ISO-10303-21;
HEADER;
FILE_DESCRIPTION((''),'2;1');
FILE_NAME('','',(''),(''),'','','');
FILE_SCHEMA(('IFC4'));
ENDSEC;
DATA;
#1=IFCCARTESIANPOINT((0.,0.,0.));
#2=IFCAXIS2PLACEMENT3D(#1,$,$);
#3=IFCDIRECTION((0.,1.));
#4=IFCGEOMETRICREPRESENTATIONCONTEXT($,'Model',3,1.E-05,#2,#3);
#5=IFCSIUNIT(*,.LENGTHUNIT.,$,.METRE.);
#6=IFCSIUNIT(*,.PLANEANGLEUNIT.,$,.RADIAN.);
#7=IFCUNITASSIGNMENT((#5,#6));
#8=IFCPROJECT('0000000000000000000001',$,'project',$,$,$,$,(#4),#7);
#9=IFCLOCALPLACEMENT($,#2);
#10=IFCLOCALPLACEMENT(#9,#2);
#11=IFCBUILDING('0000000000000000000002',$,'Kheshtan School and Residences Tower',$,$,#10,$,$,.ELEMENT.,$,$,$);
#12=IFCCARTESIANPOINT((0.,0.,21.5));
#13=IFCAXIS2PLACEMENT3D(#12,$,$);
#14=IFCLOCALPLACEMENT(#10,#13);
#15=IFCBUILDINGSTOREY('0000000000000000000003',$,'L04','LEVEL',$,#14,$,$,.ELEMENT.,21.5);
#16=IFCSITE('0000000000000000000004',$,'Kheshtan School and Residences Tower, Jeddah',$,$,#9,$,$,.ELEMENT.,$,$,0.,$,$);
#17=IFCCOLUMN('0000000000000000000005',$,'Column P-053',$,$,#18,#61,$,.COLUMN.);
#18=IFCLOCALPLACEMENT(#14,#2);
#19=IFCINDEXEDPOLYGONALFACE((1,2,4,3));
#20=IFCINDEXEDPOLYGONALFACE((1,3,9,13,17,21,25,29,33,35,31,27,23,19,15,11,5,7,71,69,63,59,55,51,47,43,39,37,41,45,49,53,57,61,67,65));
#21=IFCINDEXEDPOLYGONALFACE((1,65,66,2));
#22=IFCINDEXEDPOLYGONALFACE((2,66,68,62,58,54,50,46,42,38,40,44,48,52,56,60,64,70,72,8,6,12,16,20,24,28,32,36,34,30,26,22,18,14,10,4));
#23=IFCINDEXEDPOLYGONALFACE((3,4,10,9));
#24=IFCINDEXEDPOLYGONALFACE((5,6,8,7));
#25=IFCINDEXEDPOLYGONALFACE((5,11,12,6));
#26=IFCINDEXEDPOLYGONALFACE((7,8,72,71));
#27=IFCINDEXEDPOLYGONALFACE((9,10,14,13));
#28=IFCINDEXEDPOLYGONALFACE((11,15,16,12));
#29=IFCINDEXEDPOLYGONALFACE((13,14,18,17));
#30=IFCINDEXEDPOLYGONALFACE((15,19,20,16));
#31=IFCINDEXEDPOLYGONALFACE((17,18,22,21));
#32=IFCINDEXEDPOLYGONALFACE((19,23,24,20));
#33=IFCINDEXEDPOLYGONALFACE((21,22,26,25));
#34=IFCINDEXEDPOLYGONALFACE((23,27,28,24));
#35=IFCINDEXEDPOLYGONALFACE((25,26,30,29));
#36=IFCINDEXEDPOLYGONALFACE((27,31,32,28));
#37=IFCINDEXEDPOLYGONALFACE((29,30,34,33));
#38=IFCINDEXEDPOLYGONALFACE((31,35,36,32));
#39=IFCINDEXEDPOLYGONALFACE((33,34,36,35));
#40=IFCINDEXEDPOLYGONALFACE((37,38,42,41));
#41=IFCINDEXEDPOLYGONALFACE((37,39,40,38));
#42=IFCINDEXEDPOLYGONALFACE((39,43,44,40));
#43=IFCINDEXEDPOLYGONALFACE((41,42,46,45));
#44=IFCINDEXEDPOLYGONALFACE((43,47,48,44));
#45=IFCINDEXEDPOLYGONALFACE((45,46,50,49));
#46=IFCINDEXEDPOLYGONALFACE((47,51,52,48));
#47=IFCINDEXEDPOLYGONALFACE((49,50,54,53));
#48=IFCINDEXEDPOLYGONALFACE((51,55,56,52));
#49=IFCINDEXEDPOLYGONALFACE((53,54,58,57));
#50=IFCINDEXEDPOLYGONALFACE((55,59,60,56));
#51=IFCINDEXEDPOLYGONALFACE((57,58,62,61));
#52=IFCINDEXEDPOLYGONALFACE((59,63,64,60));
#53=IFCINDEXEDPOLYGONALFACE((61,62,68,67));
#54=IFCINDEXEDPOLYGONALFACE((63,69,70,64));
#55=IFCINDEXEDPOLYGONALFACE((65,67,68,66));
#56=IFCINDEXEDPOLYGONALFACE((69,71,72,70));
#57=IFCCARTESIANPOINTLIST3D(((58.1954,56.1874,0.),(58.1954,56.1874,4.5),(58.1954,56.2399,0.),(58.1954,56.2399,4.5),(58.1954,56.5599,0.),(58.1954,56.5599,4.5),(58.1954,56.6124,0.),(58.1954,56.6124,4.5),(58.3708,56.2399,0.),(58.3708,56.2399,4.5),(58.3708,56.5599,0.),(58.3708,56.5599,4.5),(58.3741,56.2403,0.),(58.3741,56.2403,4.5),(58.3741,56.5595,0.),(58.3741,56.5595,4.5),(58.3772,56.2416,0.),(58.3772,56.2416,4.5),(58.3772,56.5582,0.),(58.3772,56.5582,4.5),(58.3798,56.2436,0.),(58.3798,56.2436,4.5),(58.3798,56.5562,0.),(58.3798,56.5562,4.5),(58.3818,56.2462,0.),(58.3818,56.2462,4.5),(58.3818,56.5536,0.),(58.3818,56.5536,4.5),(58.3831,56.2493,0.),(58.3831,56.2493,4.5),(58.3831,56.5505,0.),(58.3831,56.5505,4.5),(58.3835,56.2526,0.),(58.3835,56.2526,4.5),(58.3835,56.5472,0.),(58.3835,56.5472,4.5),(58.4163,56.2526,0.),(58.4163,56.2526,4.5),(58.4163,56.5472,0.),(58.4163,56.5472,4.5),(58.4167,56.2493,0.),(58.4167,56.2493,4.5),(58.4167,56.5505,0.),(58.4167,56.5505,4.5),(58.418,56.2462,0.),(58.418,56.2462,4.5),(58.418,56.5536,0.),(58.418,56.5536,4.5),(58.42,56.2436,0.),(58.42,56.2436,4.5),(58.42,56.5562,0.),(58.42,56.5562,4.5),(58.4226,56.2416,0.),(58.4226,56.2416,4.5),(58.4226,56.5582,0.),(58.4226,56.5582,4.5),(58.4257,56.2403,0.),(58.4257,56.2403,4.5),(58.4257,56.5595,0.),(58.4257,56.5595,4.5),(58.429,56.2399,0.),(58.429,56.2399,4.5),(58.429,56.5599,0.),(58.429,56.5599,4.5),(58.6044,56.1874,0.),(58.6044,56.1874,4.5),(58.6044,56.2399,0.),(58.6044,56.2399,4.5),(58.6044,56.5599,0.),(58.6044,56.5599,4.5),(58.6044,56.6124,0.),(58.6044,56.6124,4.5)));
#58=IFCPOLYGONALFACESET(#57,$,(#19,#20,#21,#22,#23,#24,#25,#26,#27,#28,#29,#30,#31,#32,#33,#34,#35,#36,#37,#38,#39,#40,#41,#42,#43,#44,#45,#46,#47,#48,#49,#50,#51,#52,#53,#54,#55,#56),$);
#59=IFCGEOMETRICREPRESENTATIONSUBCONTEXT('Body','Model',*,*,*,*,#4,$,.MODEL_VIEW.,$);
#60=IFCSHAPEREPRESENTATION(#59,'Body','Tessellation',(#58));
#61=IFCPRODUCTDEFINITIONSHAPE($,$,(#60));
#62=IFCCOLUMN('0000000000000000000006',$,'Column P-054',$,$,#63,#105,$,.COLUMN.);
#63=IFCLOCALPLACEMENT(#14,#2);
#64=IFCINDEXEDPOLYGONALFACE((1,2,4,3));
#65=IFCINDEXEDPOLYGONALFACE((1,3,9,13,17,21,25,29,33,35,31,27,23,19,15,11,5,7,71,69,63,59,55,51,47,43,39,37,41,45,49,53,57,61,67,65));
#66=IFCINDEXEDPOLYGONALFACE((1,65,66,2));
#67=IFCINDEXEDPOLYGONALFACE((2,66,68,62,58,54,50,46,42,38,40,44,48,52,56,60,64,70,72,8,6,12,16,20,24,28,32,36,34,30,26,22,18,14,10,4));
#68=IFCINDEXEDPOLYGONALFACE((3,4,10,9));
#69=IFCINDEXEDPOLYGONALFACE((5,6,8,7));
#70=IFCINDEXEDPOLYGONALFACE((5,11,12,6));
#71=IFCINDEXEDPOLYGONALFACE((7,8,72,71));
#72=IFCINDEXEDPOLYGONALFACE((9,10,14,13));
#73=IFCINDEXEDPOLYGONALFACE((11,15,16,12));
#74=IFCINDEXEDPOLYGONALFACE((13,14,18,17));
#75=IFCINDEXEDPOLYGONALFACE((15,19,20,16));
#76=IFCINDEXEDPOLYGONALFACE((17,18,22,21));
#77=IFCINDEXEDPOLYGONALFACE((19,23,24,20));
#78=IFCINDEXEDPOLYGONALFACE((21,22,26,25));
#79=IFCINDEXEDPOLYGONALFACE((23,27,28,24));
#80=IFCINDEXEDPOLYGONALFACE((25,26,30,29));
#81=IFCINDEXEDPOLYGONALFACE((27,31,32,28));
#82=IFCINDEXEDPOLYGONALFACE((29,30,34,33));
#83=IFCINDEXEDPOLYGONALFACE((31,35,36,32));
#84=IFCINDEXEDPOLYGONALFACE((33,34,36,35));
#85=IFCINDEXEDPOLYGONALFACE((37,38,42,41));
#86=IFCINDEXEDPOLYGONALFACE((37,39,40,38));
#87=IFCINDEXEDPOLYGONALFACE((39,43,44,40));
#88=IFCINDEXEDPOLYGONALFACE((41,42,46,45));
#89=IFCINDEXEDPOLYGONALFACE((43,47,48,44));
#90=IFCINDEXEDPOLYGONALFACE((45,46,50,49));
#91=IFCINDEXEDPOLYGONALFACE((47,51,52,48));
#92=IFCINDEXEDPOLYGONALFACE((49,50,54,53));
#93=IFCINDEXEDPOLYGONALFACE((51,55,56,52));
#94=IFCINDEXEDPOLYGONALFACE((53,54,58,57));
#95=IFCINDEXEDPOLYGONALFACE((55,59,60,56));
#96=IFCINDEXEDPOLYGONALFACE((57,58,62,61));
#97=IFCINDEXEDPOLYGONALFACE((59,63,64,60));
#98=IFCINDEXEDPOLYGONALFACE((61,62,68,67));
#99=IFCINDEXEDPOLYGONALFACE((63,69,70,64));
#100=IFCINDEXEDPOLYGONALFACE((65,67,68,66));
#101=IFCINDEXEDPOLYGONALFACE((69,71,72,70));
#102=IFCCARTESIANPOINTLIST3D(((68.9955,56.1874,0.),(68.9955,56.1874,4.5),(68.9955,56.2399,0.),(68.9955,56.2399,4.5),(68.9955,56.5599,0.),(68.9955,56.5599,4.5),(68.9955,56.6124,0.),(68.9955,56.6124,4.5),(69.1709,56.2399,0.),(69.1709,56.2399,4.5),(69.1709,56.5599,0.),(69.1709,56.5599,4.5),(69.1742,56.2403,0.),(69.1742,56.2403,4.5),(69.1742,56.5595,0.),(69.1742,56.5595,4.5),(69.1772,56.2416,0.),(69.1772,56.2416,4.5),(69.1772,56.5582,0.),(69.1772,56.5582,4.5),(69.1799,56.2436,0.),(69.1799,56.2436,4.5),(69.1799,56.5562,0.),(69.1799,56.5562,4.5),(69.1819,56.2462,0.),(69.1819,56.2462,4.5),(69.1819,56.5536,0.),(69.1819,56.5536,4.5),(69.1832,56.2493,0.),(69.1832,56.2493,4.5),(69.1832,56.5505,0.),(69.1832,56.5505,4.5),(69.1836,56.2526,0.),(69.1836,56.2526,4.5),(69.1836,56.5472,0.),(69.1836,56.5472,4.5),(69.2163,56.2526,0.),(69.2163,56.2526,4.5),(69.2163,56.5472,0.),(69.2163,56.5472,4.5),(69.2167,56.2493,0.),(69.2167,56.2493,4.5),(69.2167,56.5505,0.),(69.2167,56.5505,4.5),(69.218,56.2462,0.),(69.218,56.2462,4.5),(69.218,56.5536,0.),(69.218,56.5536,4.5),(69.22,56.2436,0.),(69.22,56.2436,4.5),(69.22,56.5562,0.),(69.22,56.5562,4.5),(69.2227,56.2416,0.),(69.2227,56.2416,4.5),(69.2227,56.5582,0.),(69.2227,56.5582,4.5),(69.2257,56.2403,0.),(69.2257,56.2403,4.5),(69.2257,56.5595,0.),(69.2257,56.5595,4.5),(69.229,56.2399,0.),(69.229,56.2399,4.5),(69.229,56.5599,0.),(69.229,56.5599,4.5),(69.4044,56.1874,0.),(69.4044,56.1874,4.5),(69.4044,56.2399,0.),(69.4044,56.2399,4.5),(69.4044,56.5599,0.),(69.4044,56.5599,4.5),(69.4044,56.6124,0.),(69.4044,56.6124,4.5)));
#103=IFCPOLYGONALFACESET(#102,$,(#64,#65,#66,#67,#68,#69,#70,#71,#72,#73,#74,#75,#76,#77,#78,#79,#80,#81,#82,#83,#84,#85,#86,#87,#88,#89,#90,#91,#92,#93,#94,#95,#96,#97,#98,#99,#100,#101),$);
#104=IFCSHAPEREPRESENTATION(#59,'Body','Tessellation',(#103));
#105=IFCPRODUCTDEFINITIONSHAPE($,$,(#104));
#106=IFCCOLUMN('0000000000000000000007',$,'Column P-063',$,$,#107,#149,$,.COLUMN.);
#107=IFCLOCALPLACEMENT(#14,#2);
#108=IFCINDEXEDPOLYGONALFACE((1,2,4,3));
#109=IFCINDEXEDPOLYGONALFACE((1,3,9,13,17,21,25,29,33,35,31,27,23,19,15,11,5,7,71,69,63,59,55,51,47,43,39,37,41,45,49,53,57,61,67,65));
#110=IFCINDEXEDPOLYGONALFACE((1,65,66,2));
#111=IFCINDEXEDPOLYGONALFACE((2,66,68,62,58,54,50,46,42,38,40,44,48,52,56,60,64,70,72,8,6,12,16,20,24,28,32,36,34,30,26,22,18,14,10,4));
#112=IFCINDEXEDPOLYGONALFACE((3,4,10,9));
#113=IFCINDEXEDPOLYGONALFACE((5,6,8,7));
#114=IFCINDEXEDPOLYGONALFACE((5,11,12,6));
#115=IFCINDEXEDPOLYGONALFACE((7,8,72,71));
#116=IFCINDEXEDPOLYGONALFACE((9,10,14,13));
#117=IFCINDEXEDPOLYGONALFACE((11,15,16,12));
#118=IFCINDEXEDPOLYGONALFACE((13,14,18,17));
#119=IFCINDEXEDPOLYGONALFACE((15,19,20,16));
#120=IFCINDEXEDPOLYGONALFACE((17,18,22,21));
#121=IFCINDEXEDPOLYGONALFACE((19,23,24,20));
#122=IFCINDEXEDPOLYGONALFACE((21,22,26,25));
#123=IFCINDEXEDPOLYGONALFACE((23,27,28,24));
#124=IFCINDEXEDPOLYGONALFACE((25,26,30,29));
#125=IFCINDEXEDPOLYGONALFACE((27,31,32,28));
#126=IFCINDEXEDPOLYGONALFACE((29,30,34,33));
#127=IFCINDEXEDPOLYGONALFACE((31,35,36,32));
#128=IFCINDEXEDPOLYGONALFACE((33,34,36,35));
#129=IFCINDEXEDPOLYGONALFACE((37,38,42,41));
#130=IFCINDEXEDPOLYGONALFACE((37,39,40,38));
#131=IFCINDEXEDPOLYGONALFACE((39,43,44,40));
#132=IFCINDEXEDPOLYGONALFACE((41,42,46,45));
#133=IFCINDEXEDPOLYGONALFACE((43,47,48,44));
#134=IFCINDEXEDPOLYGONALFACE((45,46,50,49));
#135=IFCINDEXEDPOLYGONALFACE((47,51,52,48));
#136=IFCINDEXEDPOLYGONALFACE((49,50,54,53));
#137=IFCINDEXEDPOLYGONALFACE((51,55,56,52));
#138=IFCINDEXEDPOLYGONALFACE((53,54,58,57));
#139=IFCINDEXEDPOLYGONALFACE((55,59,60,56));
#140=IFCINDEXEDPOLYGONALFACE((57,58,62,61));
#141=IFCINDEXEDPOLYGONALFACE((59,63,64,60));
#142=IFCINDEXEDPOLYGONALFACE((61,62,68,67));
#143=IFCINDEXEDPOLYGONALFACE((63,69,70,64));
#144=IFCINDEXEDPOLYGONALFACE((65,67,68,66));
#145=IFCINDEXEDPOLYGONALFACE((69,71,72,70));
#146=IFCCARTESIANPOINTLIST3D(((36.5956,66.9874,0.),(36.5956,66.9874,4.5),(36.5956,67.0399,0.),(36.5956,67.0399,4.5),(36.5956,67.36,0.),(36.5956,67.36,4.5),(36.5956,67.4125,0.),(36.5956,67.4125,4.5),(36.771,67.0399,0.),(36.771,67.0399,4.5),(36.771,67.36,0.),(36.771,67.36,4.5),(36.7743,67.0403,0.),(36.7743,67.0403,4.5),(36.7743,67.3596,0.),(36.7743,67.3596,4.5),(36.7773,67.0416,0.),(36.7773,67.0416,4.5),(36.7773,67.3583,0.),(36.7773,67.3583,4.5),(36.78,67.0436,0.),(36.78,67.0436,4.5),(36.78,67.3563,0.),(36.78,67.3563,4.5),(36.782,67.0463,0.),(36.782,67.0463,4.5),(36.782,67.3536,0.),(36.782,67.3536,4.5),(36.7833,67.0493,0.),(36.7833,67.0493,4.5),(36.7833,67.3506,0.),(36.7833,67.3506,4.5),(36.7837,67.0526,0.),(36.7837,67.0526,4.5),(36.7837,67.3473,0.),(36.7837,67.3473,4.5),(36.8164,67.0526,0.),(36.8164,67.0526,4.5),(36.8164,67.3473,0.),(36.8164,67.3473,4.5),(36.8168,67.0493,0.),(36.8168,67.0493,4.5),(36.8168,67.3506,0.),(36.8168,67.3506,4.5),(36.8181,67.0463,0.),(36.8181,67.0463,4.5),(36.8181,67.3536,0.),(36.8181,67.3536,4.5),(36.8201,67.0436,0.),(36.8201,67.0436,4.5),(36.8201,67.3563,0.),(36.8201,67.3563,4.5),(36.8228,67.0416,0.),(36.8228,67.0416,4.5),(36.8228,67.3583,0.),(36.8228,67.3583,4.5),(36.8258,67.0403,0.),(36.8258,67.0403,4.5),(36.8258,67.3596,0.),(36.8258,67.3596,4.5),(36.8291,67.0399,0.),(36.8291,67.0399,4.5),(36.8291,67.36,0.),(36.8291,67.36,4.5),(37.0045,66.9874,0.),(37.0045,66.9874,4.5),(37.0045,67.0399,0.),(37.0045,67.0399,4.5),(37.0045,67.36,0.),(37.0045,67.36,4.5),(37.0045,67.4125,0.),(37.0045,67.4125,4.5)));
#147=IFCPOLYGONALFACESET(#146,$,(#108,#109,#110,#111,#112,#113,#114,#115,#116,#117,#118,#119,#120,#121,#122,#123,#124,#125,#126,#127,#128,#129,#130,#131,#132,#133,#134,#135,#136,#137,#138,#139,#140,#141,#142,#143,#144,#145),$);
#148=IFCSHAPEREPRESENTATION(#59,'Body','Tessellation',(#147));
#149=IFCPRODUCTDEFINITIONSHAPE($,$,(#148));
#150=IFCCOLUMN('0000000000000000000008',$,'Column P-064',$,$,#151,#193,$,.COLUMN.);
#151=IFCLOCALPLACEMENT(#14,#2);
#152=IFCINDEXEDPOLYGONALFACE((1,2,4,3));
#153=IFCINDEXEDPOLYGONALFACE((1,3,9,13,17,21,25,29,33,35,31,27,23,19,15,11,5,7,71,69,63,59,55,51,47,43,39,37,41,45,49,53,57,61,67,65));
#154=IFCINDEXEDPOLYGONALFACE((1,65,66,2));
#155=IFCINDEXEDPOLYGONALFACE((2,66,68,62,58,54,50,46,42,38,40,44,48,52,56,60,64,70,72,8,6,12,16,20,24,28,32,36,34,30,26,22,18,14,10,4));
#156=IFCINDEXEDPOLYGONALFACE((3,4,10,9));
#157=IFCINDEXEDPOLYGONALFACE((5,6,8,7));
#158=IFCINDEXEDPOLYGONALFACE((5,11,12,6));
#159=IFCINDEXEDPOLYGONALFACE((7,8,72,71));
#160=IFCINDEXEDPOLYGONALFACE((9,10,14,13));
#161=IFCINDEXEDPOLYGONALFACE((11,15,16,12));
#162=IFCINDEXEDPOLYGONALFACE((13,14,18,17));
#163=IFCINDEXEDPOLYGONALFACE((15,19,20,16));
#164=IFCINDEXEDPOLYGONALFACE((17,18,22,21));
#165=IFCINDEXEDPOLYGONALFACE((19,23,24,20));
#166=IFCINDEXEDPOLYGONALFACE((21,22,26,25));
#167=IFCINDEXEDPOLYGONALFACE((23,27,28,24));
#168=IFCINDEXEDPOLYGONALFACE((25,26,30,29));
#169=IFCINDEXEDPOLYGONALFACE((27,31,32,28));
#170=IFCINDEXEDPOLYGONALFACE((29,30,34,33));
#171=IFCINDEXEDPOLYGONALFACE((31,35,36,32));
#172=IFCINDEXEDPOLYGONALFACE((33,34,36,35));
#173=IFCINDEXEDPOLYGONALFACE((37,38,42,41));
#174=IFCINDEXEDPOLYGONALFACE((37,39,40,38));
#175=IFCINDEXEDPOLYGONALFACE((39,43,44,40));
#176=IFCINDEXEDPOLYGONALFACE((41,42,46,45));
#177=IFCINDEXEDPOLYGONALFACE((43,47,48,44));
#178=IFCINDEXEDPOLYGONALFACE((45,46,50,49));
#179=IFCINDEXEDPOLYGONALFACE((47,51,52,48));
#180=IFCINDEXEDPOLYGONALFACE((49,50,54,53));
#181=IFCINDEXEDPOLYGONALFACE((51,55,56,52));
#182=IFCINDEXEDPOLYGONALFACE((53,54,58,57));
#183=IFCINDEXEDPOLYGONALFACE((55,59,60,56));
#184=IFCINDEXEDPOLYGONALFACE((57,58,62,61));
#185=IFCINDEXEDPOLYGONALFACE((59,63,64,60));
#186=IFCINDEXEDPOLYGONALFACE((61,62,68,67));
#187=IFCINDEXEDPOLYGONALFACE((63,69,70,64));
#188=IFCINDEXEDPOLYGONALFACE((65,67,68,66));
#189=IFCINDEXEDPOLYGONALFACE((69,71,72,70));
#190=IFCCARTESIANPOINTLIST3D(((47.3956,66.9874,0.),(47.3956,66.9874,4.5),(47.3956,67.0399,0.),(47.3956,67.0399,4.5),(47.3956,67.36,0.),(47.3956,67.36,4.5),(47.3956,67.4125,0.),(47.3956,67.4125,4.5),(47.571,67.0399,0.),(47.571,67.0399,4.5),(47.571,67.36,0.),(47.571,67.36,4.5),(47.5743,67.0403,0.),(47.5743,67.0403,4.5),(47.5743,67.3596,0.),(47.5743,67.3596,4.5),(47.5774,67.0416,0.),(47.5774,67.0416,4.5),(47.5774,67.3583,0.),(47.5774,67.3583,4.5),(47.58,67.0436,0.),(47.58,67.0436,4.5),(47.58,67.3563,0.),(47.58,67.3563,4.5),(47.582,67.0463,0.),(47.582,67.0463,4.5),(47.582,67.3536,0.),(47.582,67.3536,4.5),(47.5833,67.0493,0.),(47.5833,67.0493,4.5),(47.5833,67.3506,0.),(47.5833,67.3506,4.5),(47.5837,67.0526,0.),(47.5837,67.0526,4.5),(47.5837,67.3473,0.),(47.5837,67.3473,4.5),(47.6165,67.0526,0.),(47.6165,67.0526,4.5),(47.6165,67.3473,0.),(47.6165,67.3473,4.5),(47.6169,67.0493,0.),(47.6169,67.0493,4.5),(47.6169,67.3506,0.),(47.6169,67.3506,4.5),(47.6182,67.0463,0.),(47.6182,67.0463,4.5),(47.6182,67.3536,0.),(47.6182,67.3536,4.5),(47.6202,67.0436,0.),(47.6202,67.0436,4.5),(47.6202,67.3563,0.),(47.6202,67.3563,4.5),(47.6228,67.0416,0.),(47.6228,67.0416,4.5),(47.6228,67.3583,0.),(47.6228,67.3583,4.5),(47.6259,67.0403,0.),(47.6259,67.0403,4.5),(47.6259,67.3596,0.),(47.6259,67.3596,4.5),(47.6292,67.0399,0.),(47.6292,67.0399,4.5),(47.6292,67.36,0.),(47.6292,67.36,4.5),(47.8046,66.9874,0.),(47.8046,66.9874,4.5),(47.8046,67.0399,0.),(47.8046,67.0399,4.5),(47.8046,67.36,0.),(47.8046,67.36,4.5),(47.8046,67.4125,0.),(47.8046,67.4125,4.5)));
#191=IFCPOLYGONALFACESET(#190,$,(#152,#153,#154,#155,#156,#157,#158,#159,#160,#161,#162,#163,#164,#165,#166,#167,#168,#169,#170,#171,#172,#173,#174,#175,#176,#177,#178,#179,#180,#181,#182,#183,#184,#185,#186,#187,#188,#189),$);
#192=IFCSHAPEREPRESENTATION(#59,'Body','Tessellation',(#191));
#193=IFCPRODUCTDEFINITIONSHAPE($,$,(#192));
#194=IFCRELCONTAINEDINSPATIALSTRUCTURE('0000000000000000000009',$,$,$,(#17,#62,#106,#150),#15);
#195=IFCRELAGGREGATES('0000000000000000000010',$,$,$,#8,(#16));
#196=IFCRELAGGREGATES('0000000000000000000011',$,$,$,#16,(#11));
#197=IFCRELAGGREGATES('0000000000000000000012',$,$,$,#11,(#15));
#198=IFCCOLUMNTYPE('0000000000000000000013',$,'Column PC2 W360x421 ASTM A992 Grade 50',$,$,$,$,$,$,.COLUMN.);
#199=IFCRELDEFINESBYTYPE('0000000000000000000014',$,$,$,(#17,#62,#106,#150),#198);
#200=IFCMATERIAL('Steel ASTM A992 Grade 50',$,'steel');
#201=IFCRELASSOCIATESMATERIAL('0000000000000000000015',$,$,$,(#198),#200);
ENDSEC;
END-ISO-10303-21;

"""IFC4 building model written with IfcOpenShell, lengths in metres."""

from ifc_helpers import new_model, si_unit, direction, frame, origin, origin_2d, place, context, subcontext, project, spatial, i_section, extrude, material, material_profile, profile_set, type_object, element, save


model = new_model("IFC4")

# Units and contexts
model_context = context("Model", 3, precision=1e-05, world=origin(), true_north=direction((0.0, 1.0)))
body_context = subcontext(model_context, "Body", "Model", "MODEL_VIEW")
ifc_project = project(units=[si_unit("LENGTHUNIT", "METRE"), si_unit("PLANEANGLEUNIT", "RADIAN")], contexts=[model_context])

# Site, building, storey
site_placement = place(None, origin())
site = spatial("IfcSite", under=ifc_project, at=site_placement, Name="Kheshtan School and Residences Tower, Jeddah", CompositionType="ELEMENT", RefElevation=0.0)
building_placement = place(site_placement, origin())
building = spatial("IfcBuilding", under=site, at=building_placement, Name="Kheshtan School and Residences Tower", CompositionType="ELEMENT")
storey_placement = place(building_placement, frame((0.0, 0.0, 21.5)))
storey = spatial("IfcBuildingStorey", under=building, at=storey_placement, Name="L04", Description="LEVEL", CompositionType="ELEMENT", Elevation=21.5)

# Columns
ifc_material_1 = material(Name="Steel ASTM A992 Grade 50", Category="steel")
ifc_material_profile = material_profile(ifc_material_1, i_section(OverallWidth=0.4089, OverallDepth=0.425, WebThickness=0.0327, FlangeThickness=0.0525, FilletRadius=0.0127, at=origin_2d()), Name="W360x421")
ifc_profile_set = profile_set([ifc_material_profile], Name="Steel ASTM A992 Grade 50")
column_type = type_object("IfcColumnType", Name="Column PC2 W360x421 ASTM A992 Grade 50", PredefinedType="COLUMN", material=ifc_profile_set)
for number, where, z_axis, x_axis, name in (
    (1, (58.3999, 56.3999, 0.0), (0.0, 0.0, 1.0), (1.0, 0.0, 0.0), "Column P-053"),
    (2, (69.2, 56.3999, 0.0), (0.0, 0.0, 1.0), (1.0, 0.0, 0.0), "Column P-054"),
    (3, (36.8, 67.2, 0.0), (0.0, 0.0, 1.0), (1.0, 0.0, 0.0), "Column P-063"),
    (4, (47.6001, 67.2, 0.0), (0.0, 0.0, 1.0), (1.0, 0.0, 0.0), "Column P-064"),
):
    element("IfcColumn", number, at=place(storey_placement, frame(where, z_axis=z_axis, x_axis=x_axis)), inside=storey, type_object=column_type, Name=name, PredefinedType="COLUMN", context=body_context, shape_type="SweptSolid", body=[
        extrude(i_section(OverallWidth=0.4089, OverallDepth=0.425, WebThickness=0.0327, FlangeThickness=0.0525, FilletRadius=0.0127, at=origin_2d()), origin(), (0.0, 0.0, 1.0), 4.5),
    ])

save(model, "model.ifc")
